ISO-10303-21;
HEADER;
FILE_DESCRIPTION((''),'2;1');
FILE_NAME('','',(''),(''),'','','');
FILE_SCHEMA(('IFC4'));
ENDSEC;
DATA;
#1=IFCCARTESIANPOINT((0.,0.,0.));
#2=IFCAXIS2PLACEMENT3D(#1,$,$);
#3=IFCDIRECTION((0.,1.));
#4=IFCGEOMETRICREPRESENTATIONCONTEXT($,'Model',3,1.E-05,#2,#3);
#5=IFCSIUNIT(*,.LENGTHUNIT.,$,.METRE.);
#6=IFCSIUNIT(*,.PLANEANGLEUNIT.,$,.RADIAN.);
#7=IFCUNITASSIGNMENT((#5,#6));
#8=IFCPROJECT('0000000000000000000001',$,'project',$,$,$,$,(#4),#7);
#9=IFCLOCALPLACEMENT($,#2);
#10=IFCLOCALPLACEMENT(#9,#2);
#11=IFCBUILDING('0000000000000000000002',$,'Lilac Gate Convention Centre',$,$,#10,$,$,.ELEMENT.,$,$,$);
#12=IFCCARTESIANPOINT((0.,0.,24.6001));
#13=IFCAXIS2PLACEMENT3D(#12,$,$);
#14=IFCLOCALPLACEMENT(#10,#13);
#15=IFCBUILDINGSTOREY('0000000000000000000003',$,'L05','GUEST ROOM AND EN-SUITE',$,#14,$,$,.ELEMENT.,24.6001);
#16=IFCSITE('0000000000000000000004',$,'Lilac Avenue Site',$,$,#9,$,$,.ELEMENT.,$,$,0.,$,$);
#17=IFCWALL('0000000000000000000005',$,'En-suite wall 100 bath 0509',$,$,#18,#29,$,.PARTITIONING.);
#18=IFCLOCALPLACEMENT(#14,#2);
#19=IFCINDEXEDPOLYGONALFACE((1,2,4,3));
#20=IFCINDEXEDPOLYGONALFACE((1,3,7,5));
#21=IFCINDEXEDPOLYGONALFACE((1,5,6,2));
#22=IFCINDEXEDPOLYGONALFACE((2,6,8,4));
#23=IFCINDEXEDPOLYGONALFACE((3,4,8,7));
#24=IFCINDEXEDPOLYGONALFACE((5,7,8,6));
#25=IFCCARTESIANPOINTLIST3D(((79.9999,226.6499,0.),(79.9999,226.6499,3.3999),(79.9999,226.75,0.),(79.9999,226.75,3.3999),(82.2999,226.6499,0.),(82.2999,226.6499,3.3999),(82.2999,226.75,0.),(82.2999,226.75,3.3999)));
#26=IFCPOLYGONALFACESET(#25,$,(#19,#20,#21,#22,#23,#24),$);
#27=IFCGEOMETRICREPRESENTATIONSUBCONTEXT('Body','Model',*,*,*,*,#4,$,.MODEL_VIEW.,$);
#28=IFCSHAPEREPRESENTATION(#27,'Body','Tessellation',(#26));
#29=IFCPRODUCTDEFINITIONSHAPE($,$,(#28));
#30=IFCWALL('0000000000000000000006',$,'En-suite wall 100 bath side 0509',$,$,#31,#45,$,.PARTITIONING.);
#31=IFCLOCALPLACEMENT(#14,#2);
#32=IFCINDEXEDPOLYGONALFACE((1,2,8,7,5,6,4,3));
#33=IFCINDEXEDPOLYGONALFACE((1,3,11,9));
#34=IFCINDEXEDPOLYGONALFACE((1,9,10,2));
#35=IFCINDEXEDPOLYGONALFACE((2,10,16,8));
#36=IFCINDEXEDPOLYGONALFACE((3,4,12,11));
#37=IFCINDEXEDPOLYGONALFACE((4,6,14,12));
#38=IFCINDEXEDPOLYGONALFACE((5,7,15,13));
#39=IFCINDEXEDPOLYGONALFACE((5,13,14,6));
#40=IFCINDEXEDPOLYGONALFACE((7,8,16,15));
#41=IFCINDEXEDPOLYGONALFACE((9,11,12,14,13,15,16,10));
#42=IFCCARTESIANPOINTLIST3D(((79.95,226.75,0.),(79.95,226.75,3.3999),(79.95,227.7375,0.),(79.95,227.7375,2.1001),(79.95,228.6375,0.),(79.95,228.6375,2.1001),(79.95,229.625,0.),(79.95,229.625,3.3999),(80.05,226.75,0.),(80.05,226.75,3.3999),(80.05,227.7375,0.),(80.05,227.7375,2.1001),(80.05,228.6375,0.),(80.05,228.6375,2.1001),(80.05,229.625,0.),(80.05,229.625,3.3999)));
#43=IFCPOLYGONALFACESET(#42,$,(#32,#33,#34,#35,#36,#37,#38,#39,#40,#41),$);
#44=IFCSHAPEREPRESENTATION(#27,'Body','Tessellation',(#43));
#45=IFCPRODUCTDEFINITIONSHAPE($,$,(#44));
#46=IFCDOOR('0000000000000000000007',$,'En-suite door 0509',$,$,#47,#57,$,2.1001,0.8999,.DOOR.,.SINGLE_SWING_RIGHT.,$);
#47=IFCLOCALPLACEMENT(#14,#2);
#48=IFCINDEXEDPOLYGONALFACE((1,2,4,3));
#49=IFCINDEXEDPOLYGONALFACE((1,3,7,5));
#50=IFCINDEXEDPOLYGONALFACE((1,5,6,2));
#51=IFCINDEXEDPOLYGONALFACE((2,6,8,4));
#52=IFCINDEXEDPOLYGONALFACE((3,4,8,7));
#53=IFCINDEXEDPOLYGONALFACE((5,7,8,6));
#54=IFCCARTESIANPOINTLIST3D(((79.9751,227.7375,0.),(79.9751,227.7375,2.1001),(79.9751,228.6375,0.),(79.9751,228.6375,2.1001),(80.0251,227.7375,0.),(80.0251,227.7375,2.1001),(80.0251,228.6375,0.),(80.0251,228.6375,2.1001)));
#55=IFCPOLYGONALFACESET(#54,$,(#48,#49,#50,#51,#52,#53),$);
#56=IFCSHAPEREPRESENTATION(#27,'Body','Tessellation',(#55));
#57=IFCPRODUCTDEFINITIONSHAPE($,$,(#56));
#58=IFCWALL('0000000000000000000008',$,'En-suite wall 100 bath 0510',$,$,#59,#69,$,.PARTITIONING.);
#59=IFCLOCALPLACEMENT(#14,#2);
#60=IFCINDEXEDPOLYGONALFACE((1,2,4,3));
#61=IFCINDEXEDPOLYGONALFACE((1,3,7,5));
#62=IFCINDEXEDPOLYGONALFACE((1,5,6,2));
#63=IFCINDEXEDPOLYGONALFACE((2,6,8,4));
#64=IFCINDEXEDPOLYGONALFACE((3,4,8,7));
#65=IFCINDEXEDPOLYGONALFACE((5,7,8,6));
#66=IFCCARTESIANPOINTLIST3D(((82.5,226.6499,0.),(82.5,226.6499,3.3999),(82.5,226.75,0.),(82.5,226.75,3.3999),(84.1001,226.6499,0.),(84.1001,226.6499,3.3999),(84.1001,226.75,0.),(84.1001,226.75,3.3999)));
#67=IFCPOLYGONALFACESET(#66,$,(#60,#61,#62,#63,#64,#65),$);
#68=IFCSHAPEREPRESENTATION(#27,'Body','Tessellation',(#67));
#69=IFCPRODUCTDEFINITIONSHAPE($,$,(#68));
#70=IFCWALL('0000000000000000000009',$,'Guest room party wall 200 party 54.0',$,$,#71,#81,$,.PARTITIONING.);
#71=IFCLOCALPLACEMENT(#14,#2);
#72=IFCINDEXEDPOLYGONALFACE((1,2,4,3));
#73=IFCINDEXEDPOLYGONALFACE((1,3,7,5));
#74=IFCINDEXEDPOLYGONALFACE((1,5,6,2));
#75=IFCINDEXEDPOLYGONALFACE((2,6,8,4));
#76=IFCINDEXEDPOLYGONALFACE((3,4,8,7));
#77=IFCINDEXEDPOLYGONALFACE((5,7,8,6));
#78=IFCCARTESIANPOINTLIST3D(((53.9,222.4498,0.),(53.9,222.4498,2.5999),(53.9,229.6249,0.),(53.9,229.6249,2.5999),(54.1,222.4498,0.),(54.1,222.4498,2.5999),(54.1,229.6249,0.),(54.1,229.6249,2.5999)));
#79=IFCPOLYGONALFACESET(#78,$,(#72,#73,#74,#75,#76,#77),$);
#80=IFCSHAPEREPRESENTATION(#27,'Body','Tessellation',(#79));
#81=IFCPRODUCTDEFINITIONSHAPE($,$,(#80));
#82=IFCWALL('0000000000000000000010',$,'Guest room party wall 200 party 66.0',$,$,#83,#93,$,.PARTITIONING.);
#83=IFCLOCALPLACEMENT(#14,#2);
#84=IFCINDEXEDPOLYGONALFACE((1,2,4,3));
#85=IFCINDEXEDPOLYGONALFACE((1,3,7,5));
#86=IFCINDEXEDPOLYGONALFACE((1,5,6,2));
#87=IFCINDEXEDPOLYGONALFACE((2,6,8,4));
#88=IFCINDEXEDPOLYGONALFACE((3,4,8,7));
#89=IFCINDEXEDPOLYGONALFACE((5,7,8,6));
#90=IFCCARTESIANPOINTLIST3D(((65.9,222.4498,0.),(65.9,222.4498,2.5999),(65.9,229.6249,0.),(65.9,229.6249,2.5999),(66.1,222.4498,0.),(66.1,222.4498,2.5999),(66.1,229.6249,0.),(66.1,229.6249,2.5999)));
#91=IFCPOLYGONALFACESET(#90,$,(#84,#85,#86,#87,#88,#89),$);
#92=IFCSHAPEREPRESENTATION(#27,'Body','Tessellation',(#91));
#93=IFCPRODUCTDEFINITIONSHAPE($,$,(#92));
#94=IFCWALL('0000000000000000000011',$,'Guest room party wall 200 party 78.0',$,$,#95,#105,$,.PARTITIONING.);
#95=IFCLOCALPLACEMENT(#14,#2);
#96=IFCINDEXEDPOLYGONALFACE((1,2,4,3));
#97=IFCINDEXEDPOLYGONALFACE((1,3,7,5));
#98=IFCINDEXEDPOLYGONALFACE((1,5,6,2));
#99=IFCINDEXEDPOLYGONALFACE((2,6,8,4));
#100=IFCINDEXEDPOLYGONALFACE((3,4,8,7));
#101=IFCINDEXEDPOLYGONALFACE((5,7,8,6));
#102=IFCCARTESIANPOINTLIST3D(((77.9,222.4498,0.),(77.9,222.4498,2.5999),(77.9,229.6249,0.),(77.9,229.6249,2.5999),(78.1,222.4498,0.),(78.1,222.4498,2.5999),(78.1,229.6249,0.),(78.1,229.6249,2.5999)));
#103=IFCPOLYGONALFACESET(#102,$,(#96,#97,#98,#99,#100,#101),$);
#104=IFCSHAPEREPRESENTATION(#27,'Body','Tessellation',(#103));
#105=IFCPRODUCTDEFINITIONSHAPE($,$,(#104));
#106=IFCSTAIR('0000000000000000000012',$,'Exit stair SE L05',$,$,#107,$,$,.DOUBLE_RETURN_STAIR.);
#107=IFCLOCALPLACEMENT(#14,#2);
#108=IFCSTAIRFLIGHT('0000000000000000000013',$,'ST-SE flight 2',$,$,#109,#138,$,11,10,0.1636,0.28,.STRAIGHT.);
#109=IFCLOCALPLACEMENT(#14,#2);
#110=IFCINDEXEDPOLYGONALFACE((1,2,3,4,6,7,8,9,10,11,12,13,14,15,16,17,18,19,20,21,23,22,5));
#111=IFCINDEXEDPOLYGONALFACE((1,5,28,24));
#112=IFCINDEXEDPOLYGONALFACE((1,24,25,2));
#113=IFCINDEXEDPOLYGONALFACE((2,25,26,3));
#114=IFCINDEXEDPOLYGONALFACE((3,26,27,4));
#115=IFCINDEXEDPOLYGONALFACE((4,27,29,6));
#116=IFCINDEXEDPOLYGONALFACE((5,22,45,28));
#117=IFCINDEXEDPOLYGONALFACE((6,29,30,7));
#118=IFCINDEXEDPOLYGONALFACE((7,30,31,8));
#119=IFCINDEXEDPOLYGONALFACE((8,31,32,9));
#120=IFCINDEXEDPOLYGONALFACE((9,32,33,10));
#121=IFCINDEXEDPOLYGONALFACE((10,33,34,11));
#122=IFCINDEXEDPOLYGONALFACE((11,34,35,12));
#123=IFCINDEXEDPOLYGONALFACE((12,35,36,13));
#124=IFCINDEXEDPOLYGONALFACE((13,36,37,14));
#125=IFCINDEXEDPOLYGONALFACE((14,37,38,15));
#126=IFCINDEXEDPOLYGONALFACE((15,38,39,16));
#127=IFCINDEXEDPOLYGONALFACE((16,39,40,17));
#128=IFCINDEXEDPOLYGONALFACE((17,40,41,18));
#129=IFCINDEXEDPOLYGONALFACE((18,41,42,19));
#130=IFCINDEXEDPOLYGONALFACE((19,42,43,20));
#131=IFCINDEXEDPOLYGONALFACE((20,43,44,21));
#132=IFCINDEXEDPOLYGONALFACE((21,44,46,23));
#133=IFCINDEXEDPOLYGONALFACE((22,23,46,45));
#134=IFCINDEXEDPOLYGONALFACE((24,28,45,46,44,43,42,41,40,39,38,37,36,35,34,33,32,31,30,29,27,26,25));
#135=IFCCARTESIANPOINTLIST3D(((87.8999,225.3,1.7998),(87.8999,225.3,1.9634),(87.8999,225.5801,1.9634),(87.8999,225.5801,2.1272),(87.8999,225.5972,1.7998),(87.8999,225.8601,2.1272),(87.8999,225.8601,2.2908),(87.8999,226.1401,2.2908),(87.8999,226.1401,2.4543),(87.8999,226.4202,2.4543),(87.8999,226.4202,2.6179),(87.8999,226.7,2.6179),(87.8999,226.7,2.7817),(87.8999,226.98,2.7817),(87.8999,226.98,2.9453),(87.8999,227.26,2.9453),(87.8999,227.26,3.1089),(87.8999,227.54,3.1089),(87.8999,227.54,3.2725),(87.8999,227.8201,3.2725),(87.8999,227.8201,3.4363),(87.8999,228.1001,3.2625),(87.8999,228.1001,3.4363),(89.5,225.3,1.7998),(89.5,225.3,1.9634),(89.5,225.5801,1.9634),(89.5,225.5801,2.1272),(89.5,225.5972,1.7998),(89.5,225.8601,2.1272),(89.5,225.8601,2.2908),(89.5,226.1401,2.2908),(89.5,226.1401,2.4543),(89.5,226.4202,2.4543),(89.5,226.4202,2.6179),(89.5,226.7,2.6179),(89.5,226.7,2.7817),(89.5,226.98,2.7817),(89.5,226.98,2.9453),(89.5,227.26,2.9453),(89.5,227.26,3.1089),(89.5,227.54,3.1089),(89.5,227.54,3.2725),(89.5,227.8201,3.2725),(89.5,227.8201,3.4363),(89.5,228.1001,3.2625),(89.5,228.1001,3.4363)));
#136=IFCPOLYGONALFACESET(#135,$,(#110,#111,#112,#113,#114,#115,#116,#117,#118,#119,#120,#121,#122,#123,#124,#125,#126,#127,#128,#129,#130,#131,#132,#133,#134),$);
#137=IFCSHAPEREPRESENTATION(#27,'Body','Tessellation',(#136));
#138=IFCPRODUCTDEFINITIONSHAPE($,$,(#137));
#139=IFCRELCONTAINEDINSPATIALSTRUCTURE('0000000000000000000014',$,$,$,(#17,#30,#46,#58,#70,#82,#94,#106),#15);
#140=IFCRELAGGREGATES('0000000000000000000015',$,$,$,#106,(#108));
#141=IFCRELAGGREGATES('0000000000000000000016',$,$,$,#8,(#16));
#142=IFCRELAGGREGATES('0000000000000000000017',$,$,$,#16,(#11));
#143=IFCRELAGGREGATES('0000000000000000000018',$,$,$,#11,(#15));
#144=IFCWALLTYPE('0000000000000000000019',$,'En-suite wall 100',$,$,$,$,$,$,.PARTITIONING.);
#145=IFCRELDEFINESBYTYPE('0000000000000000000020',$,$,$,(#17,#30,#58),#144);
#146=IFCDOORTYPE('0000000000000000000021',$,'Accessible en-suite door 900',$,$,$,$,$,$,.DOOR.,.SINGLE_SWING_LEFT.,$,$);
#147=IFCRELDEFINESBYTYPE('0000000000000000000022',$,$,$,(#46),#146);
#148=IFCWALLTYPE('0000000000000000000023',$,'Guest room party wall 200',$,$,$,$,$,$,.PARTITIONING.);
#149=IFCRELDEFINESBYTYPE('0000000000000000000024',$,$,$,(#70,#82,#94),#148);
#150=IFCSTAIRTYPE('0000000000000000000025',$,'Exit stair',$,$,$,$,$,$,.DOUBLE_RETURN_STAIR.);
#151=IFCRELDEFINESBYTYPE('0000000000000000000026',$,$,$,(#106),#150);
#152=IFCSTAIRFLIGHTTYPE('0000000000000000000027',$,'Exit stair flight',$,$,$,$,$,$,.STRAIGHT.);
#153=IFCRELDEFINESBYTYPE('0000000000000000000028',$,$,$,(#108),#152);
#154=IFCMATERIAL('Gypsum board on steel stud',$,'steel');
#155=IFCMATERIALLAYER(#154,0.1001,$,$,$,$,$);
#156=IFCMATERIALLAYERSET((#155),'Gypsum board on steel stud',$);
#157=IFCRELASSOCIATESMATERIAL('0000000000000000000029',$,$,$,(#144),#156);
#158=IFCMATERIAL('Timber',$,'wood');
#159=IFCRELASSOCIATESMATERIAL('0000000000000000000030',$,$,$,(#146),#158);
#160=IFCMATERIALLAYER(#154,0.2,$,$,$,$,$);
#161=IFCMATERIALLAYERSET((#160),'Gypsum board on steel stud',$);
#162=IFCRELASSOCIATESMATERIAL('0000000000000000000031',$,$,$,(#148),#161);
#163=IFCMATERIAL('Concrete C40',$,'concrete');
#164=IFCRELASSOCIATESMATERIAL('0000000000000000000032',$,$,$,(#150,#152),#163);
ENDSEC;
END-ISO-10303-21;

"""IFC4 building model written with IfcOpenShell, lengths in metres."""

from ifc_helpers import new_model, si_unit, direction, frame, frame_2d, origin, place, context, subcontext, project, spatial, polyline, rectangle, outline, extrude, material, layer, layer_set, type_object, element, fill, aggregate, save


model = new_model("IFC4")

# Units and contexts
model_context = context("Model", 3, precision=1e-05, world=origin(), true_north=direction((0.0, 1.0)))
body_context = subcontext(model_context, "Body", "Model", "MODEL_VIEW")
ifc_project = project(units=[si_unit("LENGTHUNIT", "METRE"), si_unit("PLANEANGLEUNIT", "RADIAN")], contexts=[model_context])

# Site, building, storey
site_placement = place(None, origin())
site = spatial("IfcSite", under=ifc_project, at=site_placement, Name="Lilac Avenue Site", CompositionType="ELEMENT", RefElevation=0.0)
building_placement = place(site_placement, origin())
building = spatial("IfcBuilding", under=site, at=building_placement, Name="Lilac Gate Convention Centre", CompositionType="ELEMENT")
storey_placement = place(building_placement, frame((0.0, 0.0, 24.6001)))
storey = spatial("IfcBuildingStorey", under=building, at=storey_placement, Name="L05", Description="GUEST ROOM AND EN-SUITE", CompositionType="ELEMENT", Elevation=24.6001)

# Shared definitions
ifc_material_1 = material(Name="Gypsum board on steel stud", Category="steel")
ifc_layer_1 = layer(ifc_material_1, 0.1001)
ifc_layer_set_1 = layer_set([ifc_layer_1], Name="Gypsum board on steel stud")
wall_type_1 = type_object("IfcWallType", Name="En-suite wall 100", PredefinedType="PARTITIONING", material=ifc_layer_set_1)

# Shared definitions
ifc_material_2 = material(Name="Timber", Category="wood")

# Wall
wall_1_placement = place(storey_placement, frame((80.0, 226.7, 0.0), z_axis=(0.0, 0.0, 1.0), x_axis=(1.0, 0.0, 0.0)))
element("IfcWall", 1, at=wall_1_placement, inside=storey, type_object=wall_type_1, Name="En-suite wall 100 bath 0509", PredefinedType="PARTITIONING", context=body_context, shape_type="SweptSolid", body=[
    extrude(rectangle(XDim=2.3, YDim=0.1001, at=frame_2d((1.1499, 0.0))), origin(), (0.0, 0.0, 1.0), 3.3999),
])

# Wall, opening, door
wall_2_placement = place(storey_placement, frame((80.0, 226.75, 0.0), z_axis=(0.0, 0.0, 1.0), x_axis=(0.0, 1.0, 0.0)))
wall_2 = element("IfcWall", 2, at=wall_2_placement, inside=storey, type_object=wall_type_1, Name="En-suite wall 100 bath side 0509", PredefinedType="PARTITIONING", context=body_context, shape_type="SweptSolid", body=[
    extrude(rectangle(XDim=2.875, YDim=0.1001, at=frame_2d((1.4375, 0.0))), origin(), (0.0, 0.0, 1.0), 3.3999),
])
opening_1_placement = place(wall_2_placement, frame((0.9875, 0.0, 0.0)))
opening_1 = element("IfcOpeningElement", 3, at=opening_1_placement, cuts=wall_2, PredefinedType="OPENING", context=body_context, shape_type="SweptSolid", body=[
    extrude(rectangle(XDim=0.8999, YDim=2.1001, at=frame_2d((0.45, 1.05))), frame((0.0, 0.0601, 0.0), z_axis=(0.0, -1.0, 0.0), x_axis=(1.0, 0.0, 0.0)), (0.0, 0.0, 1.0), 0.1201),
])
door_type_1 = type_object("IfcDoorType", Name="Accessible en-suite door 900", OperationType="SINGLE_SWING_LEFT", PredefinedType="DOOR", material=ifc_material_2)
door_1_placement = place(opening_1_placement, origin())
door_1 = element("IfcDoor", 4, at=door_1_placement, inside=storey, type_object=door_type_1, Name="En-suite door 0509", OperationType="SINGLE_SWING_RIGHT", OverallHeight=2.1001, OverallWidth=0.8999, PredefinedType="DOOR", context=body_context, shape_type="SweptSolid", body=[
    extrude(rectangle(XDim=0.8999, YDim=2.1001, at=frame_2d((0.45, 1.05))), frame((0.0, 0.0249, 0.0), z_axis=(0.0, -1.0, 0.0), x_axis=(1.0, 0.0, 0.0)), (0.0, 0.0, 1.0), 0.05),
])
fill(opening_1, door_1)

# Walls
wall_3_placement = place(storey_placement, frame((82.5, 226.7, 0.0), z_axis=(0.0, 0.0, 1.0), x_axis=(1.0, 0.0, 0.0)))
element("IfcWall", 5, at=wall_3_placement, inside=storey, type_object=wall_type_1, Name="En-suite wall 100 bath 0510", PredefinedType="PARTITIONING", context=body_context, shape_type="SweptSolid", body=[
    extrude(rectangle(XDim=1.6001, YDim=0.1001, at=frame_2d((0.8, 0.0))), origin(), (0.0, 0.0, 1.0), 3.3999),
])
ifc_layer_2 = layer(ifc_material_1, 0.2)
ifc_layer_set_2 = layer_set([ifc_layer_2], Name="Gypsum board on steel stud")
wall_type_2 = type_object("IfcWallType", Name="Guest room party wall 200", PredefinedType="PARTITIONING", material=ifc_layer_set_2)
for number, where, z_axis, x_axis, name in (
    (6, (54.0, 222.45, 0.0), (0.0, 0.0, 1.0), (0.0, 1.0, 0.0), "Guest room party wall 200 party 54.0"),
    (7, (66.0, 222.45, 0.0), (0.0, 0.0, 1.0), (0.0, 1.0, 0.0), "Guest room party wall 200 party 66.0"),
    (8, (78.0, 222.45, 0.0), (0.0, 0.0, 1.0), (0.0, 1.0, 0.0), "Guest room party wall 200 party 78.0"),
):
    element("IfcWall", number, at=place(storey_placement, frame(where, z_axis=z_axis, x_axis=x_axis)), inside=storey, type_object=wall_type_2, Name=name, PredefinedType="PARTITIONING", context=body_context, shape_type="SweptSolid", body=[
        extrude(rectangle(XDim=7.175, YDim=0.2, at=frame_2d((3.5874, 0.0))), origin(), (0.0, 0.0, 1.0), 2.5999),
    ])

# Stair, stair flight
ifc_material_3 = material(Name="Concrete C40", Category="concrete")
stair_type = type_object("IfcStairType", Name="Exit stair", PredefinedType="DOUBLE_RETURN_STAIR", material=ifc_material_3)
stair_placement = place(storey_placement, origin())
stair = element("IfcStair", 9, at=stair_placement, inside=storey, type_object=stair_type, Name="Exit stair SE L05", PredefinedType="DOUBLE_RETURN_STAIR")
stair_flight_type = type_object("IfcStairFlightType", Name="Exit stair flight", PredefinedType="STRAIGHT", material=ifc_material_3)
stair_flight_placement = place(storey_placement, frame((88.7, 225.3, 1.7998), z_axis=(0.0, 0.0, 1.0), x_axis=(0.0, 1.0, 0.0)))
stair_flight = element("IfcStairFlight", 10, at=stair_flight_placement, type_object=stair_flight_type, Name="ST-SE flight 2", NumberOfRisers=11, NumberOfTreads=10, PredefinedType="STRAIGHT", RiserHeight=0.1636, TreadLength=0.28, context=body_context, shape_type="SweptSolid", body=[
    extrude(outline(polyline([(0.0, 0.0), (0.0, 0.1636), (0.28, 0.1636), (0.28, 0.3274), (0.5601, 0.3274), (0.5601, 0.491), (0.8401, 0.491), (0.8401, 0.6545), (1.1201, 0.6545), (1.1201, 0.8181), (1.3999, 0.8181), (1.3999, 0.9819), (1.6799, 0.9819), (1.6799, 1.1455), (1.96, 1.1455), (1.96, 1.3091), (2.24, 1.3091), (2.24, 1.4727), (2.52, 1.4727), (2.52, 1.6365), (2.8, 1.6365), (2.8, 1.8), (2.8, 1.4626), (0.2971, 0.0), (0.0, 0.0)])), frame((0.0, 0.8, 0.0), z_axis=(0.0, -1.0, 0.0), x_axis=(1.0, 0.0, 0.0)), (0.0, 0.0, 1.0), 1.6001),
])
aggregate(stair, [stair_flight])

save(model, "model.ifc")
